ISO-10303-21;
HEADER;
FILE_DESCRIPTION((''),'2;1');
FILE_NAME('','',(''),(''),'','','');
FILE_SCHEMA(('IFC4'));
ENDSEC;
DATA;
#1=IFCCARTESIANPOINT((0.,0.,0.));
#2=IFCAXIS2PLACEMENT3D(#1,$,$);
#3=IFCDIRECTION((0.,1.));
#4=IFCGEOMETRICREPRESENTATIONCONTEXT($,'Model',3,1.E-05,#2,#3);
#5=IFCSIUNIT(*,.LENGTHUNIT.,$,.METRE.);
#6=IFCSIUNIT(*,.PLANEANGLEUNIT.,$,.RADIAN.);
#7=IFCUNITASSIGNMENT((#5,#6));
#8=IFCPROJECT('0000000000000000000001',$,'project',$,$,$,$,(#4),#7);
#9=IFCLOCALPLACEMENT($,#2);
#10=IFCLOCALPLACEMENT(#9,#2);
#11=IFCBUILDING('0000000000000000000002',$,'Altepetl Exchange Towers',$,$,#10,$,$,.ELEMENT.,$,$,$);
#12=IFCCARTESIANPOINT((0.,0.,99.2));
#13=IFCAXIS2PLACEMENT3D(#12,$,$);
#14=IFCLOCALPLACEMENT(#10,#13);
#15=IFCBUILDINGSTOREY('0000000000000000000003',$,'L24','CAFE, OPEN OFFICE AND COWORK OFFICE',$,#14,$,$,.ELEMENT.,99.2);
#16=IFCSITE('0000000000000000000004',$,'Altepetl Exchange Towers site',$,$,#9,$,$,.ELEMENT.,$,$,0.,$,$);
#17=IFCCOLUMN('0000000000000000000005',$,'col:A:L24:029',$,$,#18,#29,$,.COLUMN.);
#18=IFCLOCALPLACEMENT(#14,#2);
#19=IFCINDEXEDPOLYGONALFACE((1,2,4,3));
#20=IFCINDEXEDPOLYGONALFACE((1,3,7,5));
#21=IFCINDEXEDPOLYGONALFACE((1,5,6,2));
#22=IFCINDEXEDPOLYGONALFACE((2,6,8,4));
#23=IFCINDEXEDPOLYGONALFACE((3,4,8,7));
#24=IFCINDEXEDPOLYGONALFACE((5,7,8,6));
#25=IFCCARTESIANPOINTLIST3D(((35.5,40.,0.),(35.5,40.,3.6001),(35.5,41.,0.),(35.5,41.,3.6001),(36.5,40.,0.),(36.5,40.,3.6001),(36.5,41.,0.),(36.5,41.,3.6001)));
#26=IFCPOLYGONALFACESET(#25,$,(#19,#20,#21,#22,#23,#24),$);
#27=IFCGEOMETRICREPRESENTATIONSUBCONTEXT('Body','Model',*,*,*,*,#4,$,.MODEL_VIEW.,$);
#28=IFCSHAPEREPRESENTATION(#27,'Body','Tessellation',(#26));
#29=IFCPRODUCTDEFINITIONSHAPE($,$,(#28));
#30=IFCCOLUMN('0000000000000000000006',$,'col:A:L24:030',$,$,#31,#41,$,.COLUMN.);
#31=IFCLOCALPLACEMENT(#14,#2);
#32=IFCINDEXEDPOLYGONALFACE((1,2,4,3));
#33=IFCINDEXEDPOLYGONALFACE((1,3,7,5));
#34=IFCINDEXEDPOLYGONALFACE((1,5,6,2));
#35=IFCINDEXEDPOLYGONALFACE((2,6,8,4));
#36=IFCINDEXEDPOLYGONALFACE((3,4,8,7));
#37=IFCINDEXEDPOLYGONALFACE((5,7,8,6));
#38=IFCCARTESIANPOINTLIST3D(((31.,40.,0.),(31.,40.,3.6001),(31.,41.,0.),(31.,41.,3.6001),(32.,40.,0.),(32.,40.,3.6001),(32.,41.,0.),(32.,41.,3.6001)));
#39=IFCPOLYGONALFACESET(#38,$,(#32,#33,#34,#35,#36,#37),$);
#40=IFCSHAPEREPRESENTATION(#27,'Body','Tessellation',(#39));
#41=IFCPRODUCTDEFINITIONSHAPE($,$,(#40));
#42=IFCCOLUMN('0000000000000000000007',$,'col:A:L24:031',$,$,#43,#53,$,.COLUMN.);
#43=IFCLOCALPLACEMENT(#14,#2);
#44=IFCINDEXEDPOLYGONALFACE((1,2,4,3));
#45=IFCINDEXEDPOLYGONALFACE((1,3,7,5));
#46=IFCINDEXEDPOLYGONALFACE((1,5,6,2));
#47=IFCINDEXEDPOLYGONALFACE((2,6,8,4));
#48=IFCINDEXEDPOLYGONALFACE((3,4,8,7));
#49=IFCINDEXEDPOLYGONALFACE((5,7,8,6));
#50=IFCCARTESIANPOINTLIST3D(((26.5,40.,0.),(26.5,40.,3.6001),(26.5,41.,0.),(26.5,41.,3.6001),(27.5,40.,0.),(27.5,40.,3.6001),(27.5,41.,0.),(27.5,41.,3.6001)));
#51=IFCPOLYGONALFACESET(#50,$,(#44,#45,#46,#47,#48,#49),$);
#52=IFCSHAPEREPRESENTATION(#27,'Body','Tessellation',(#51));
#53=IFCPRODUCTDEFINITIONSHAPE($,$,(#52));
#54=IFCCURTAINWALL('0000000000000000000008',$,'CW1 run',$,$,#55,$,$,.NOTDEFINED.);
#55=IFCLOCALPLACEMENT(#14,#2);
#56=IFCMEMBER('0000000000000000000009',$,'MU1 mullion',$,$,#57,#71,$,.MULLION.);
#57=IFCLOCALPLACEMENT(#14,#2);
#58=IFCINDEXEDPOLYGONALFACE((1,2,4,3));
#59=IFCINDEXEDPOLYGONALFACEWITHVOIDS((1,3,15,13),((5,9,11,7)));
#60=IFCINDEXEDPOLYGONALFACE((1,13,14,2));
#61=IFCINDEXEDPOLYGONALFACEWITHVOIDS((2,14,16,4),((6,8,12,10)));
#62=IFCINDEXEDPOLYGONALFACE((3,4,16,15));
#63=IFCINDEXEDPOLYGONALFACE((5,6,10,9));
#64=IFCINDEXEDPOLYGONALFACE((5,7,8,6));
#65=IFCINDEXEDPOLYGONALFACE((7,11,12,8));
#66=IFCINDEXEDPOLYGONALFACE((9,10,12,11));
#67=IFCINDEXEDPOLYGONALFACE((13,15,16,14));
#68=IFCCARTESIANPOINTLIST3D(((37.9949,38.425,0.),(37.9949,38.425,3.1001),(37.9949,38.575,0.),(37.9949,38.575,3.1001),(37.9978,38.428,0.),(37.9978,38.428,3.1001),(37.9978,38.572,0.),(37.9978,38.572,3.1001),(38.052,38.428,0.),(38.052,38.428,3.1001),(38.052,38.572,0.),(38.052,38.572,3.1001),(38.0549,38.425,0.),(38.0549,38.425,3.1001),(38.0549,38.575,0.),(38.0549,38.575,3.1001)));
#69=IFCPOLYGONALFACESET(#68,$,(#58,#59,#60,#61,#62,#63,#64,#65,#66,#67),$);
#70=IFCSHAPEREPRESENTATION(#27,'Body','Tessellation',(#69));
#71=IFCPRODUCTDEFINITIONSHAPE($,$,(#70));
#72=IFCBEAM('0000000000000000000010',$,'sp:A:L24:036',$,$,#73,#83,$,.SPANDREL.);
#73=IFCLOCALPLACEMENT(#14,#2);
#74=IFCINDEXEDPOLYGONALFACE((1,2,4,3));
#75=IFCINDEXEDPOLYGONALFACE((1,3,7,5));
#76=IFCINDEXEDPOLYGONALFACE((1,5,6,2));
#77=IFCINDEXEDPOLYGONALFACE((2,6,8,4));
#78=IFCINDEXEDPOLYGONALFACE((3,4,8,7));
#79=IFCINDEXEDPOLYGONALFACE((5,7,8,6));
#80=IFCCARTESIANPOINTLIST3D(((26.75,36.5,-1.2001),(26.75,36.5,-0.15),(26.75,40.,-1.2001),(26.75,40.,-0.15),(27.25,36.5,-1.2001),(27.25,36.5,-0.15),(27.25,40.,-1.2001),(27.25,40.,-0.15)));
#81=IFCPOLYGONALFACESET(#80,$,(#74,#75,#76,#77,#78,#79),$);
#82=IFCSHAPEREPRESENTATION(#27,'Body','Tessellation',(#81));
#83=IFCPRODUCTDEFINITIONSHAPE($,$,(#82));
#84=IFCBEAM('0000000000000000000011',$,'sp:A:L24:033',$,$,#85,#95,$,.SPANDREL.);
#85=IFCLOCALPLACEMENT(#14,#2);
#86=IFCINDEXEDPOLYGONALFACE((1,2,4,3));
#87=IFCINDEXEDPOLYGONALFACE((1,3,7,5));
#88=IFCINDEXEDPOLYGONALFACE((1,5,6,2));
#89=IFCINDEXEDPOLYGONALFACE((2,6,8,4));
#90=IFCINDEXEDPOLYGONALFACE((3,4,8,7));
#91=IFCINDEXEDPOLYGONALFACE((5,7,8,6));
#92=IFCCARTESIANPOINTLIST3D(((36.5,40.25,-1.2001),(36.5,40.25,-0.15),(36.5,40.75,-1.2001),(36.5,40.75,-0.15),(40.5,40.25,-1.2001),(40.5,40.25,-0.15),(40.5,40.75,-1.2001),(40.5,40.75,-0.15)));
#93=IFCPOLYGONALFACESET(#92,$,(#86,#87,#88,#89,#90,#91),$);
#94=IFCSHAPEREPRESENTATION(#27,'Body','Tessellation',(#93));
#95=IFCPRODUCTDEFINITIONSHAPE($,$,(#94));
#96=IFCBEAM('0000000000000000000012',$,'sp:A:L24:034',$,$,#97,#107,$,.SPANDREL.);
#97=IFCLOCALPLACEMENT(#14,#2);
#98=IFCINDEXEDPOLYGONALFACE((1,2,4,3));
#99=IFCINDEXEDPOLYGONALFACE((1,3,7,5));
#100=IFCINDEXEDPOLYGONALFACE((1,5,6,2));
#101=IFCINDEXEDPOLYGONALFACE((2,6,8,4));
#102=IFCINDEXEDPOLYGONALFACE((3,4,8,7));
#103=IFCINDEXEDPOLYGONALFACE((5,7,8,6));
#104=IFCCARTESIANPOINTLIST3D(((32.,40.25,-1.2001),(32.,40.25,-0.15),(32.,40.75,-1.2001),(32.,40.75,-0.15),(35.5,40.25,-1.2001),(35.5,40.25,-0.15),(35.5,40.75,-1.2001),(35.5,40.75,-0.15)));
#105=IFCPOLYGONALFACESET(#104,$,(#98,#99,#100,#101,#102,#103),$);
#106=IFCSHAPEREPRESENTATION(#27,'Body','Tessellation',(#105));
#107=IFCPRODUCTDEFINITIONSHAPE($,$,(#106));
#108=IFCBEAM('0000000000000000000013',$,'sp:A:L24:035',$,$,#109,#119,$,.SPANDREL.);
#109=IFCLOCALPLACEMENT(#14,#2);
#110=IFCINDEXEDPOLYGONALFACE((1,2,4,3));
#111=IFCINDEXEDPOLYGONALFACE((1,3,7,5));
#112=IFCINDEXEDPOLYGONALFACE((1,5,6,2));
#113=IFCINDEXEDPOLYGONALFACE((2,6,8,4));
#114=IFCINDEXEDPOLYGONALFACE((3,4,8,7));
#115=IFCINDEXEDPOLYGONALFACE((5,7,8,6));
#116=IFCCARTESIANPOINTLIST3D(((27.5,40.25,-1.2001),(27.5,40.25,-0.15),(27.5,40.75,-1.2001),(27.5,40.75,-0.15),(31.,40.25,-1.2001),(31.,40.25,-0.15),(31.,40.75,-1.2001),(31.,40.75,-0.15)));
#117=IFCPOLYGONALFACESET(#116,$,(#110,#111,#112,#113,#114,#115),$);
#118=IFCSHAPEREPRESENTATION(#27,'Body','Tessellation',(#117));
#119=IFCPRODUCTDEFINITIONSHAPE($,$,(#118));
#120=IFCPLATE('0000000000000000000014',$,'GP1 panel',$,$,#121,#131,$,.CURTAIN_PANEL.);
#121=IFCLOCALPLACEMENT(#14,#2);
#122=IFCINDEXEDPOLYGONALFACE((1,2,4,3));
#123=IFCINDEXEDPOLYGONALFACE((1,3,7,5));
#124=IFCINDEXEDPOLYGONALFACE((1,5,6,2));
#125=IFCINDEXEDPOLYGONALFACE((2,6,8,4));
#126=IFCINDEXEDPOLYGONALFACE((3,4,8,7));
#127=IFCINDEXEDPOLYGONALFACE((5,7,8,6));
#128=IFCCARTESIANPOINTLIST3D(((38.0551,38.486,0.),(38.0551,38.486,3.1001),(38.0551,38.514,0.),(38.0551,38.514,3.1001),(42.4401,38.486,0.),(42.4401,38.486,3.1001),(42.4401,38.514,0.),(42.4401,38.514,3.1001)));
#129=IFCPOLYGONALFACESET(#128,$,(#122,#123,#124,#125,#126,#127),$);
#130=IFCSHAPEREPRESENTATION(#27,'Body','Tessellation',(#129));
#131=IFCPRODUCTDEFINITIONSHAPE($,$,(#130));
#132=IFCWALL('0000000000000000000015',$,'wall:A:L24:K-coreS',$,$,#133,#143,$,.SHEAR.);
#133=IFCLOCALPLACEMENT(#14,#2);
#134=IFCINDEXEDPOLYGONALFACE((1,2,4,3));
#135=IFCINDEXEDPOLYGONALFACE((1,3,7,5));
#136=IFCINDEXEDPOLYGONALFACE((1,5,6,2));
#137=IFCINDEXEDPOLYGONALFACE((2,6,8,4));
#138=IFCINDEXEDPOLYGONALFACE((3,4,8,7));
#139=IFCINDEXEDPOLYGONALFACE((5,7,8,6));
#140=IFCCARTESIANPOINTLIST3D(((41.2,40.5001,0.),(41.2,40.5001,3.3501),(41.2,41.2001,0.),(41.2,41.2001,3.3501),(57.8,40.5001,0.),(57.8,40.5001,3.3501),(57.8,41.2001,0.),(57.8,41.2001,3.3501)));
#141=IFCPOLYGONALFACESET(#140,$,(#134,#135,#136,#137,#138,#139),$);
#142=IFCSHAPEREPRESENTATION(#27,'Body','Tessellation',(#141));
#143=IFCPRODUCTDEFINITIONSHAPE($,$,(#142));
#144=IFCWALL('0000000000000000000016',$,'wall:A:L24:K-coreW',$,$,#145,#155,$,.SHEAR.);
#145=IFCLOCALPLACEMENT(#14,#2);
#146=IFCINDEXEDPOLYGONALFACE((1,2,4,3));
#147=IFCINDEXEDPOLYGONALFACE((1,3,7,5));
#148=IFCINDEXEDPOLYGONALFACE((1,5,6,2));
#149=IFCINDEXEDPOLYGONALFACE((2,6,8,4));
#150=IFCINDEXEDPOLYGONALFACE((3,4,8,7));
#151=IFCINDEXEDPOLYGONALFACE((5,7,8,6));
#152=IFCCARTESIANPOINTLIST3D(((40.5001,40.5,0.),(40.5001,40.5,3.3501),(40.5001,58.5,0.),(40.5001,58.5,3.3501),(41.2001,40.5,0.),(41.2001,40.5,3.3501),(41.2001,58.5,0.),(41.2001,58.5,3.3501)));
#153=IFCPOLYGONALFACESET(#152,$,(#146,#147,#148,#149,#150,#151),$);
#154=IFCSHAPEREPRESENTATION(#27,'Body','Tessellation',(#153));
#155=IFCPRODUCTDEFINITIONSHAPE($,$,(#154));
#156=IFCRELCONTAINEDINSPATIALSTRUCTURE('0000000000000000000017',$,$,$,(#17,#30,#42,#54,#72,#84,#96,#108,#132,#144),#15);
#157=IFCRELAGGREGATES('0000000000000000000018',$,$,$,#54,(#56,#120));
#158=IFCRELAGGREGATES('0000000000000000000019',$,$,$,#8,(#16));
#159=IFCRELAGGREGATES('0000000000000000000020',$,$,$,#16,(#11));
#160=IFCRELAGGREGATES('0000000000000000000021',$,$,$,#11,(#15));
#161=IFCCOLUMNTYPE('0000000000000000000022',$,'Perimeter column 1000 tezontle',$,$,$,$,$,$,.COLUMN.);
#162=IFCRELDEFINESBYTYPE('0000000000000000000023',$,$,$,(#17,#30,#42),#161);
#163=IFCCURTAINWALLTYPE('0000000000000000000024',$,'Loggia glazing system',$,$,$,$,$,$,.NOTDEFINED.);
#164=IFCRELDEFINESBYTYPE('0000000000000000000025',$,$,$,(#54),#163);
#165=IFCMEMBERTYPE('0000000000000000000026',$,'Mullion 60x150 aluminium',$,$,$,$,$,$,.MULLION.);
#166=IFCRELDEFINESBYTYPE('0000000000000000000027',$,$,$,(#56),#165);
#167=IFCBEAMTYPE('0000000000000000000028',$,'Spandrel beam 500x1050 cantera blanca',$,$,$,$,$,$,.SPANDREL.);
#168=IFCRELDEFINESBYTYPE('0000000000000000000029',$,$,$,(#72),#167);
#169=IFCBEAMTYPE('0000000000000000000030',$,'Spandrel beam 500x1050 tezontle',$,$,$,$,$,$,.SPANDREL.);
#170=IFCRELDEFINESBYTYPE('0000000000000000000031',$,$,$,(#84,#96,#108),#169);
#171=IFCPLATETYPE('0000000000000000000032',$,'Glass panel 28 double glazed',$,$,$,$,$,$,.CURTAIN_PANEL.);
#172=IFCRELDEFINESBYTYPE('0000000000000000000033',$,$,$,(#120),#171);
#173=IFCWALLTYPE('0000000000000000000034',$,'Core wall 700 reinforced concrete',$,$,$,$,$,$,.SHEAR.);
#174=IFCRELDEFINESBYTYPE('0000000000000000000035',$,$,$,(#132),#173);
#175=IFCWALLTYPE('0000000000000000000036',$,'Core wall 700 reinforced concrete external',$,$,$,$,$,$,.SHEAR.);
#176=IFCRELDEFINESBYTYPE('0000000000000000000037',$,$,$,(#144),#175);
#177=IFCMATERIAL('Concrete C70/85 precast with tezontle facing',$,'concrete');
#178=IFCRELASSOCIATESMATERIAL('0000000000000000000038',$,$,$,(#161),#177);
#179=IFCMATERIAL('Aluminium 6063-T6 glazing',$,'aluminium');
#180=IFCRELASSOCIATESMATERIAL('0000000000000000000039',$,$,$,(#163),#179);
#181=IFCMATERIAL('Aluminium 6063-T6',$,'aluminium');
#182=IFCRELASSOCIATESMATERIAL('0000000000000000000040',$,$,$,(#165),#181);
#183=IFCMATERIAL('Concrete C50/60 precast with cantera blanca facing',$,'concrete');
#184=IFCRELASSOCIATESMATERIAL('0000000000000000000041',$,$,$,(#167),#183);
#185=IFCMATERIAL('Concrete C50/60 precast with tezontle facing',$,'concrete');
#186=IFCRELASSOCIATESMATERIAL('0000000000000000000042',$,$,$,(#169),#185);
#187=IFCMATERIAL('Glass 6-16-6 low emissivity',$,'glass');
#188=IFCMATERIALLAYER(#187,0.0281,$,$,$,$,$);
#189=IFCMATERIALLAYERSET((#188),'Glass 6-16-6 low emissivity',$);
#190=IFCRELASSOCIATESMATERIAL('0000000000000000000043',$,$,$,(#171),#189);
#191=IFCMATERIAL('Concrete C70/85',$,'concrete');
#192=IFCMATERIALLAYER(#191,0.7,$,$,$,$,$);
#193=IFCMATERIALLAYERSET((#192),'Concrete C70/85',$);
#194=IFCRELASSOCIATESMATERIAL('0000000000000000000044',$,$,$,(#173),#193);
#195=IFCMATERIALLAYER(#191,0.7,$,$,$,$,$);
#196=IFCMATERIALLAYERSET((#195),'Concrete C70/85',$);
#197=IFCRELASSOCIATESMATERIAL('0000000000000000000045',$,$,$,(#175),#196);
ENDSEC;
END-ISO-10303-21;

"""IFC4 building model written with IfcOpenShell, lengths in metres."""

from ifc_helpers import new_model, si_unit, direction, frame, frame_2d, origin, origin_2d, place, context, subcontext, project, spatial, rectangle, hollow_rectangle, extrude, material, layer, layer_set, material_profile, profile_set, type_object, element, aggregate, save


model = new_model("IFC4")

# Units and contexts
model_context = context("Model", 3, precision=1e-05, world=origin(), true_north=direction((0.0, 1.0)))
body_context = subcontext(model_context, "Body", "Model", "MODEL_VIEW")
ifc_project = project(units=[si_unit("LENGTHUNIT", "METRE"), si_unit("PLANEANGLEUNIT", "RADIAN")], contexts=[model_context])

# Site, building, storey
site_placement = place(None, origin())
site = spatial("IfcSite", under=ifc_project, at=site_placement, Name="Altepetl Exchange Towers site", CompositionType="ELEMENT", RefElevation=0.0)
building_placement = place(site_placement, origin())
building = spatial("IfcBuilding", under=site, at=building_placement, Name="Altepetl Exchange Towers", CompositionType="ELEMENT")
storey_placement = place(building_placement, frame((0.0, 0.0, 99.2)))
storey = spatial("IfcBuildingStorey", under=building, at=storey_placement, Name="L24", Description="CAFE, OPEN OFFICE AND COWORK OFFICE", CompositionType="ELEMENT", Elevation=99.2)

# Columns
ifc_material_1 = material(Name="Concrete C70/85 precast with tezontle facing", Category="concrete")
ifc_material_profile_1 = material_profile(ifc_material_1, rectangle(XDim=1.0, YDim=1.0, at=origin_2d()), Name="1000 x 1000")
ifc_profile_set_1 = profile_set([ifc_material_profile_1], Name="Concrete C70/85 precast with tezontle facing")
column_type = type_object("IfcColumnType", Name="Perimeter column 1000 tezontle", PredefinedType="COLUMN", material=ifc_profile_set_1)
for number, where, name in (
    (1, (36.0, 40.5, 0.0), "col:A:L24:029"),
    (2, (31.5, 40.5, 0.0), "col:A:L24:030"),
    (3, (27.0, 40.5, 0.0), "col:A:L24:031"),
):
    element("IfcColumn", number, at=place(storey_placement, frame(where)), inside=storey, type_object=column_type, Name=name, PredefinedType="COLUMN", context=body_context, shape_type="SweptSolid", body=[
        extrude(rectangle(XDim=1.0, YDim=1.0, at=origin_2d()), origin(), (0.0, 0.0, 1.0), 3.6001),
    ])

# Curtain wall, member
ifc_material_2 = material(Name="Aluminium 6063-T6 glazing", Category="aluminium")
curtain_wall_type = type_object("IfcCurtainWallType", Name="Loggia glazing system", PredefinedType="NOTDEFINED", material=ifc_material_2)
curtain_wall_placement = place(storey_placement, origin())
curtain_wall = element("IfcCurtainWall", 4, at=curtain_wall_placement, inside=storey, type_object=curtain_wall_type, Name="CW1 run", PredefinedType="NOTDEFINED")
ifc_material_3 = material(Name="Aluminium 6063-T6", Category="aluminium")
ifc_material_profile_2 = material_profile(ifc_material_3, hollow_rectangle(XDim=0.0601, YDim=0.1499, WallThickness=0.0029, at=origin_2d()), Name="Mullion 60x150 aluminium")
ifc_profile_set_2 = profile_set([ifc_material_profile_2], Name="Aluminium 6063-T6")
member_type = type_object("IfcMemberType", Name="Mullion 60x150 aluminium", PredefinedType="MULLION", material=ifc_profile_set_2)
member_placement = place(storey_placement, frame((38.0249, 38.5, 0.0), z_axis=(0.0, 0.0, 1.0), x_axis=(-1.0, 0.0, 0.0)))
member = element("IfcMember", 5, at=member_placement, type_object=member_type, Name="MU1 mullion", PredefinedType="MULLION", context=body_context, shape_type="SweptSolid", body=[
    extrude(hollow_rectangle(XDim=0.0601, YDim=0.1499, WallThickness=0.0029, at=origin_2d()), origin(), (0.0, 0.0, 1.0), 3.1001),
])

# Beams
ifc_material_4 = material(Name="Concrete C50/60 precast with cantera blanca facing", Category="concrete")
ifc_material_profile_3 = material_profile(ifc_material_4, rectangle(XDim=0.5, YDim=1.05, at=origin_2d()), Name="500 x 1050")
ifc_profile_set_3 = profile_set([ifc_material_profile_3], Name="Concrete C50/60 precast with cantera blanca facing")
beam_type_1 = type_object("IfcBeamType", Name="Spandrel beam 500x1050 cantera blanca", PredefinedType="SPANDREL", material=ifc_profile_set_3)
beam_1_placement = place(storey_placement, frame((27.0, 40.0, -0.675), z_axis=(0.0, -1.0, 0.0), x_axis=(1.0, 0.0, 0.0)))
element("IfcBeam", 6, at=beam_1_placement, inside=storey, type_object=beam_type_1, Name="sp:A:L24:036", PredefinedType="SPANDREL", context=body_context, shape_type="SweptSolid", body=[
    extrude(rectangle(XDim=0.5, YDim=1.05, at=origin_2d()), origin(), (0.0, 0.0, 1.0), 3.5),
])
ifc_material_5 = material(Name="Concrete C50/60 precast with tezontle facing", Category="concrete")
ifc_material_profile_4 = material_profile(ifc_material_5, rectangle(XDim=0.5, YDim=1.05, at=origin_2d()), Name="500 x 1050")
ifc_profile_set_4 = profile_set([ifc_material_profile_4], Name="Concrete C50/60 precast with tezontle facing")
beam_type_2 = type_object("IfcBeamType", Name="Spandrel beam 500x1050 tezontle", PredefinedType="SPANDREL", material=ifc_profile_set_4)
beam_2_placement = place(storey_placement, frame((40.5, 40.5, -0.675), z_axis=(-1.0, 0.0, 0.0), x_axis=(0.0, -1.0, 0.0)))
element("IfcBeam", 7, at=beam_2_placement, inside=storey, type_object=beam_type_2, Name="sp:A:L24:033", PredefinedType="SPANDREL", context=body_context, shape_type="SweptSolid", body=[
    extrude(rectangle(XDim=0.5, YDim=1.05, at=origin_2d()), origin(), (0.0, 0.0, 1.0), 4.0),
])
for number, where, z_axis, x_axis, name in (
    (8, (35.5, 40.5, -0.675), (-1.0, 0.0, 0.0), (0.0, -1.0, 0.0), "sp:A:L24:034"),
    (9, (31.0, 40.5, -0.675), (-1.0, 0.0, 0.0), (0.0, -1.0, 0.0), "sp:A:L24:035"),
):
    element("IfcBeam", number, at=place(storey_placement, frame(where, z_axis=z_axis, x_axis=x_axis)), inside=storey, type_object=beam_type_2, Name=name, PredefinedType="SPANDREL", context=body_context, shape_type="SweptSolid", body=[
        extrude(rectangle(XDim=0.5, YDim=1.05, at=origin_2d()), origin(), (0.0, 0.0, 1.0), 3.5),
    ])

# Plate
ifc_material_6 = material(Name="Glass 6-16-6 low emissivity", Category="glass")
ifc_layer_1 = layer(ifc_material_6, 0.0281)
ifc_layer_set_1 = layer_set([ifc_layer_1], Name="Glass 6-16-6 low emissivity")
plate_type = type_object("IfcPlateType", Name="Glass panel 28 double glazed", PredefinedType="CURTAIN_PANEL", material=ifc_layer_set_1)
plate_placement = place(storey_placement, frame((40.2476, 38.5, 0.0), z_axis=(0.0, 0.0, 1.0), x_axis=(-1.0, 0.0, 0.0)))
plate = element("IfcPlate", 10, at=plate_placement, type_object=plate_type, Name="GP1 panel", PredefinedType="CURTAIN_PANEL", context=body_context, shape_type="SweptSolid", body=[
    extrude(rectangle(XDim=4.385, YDim=0.0281, at=origin_2d()), origin(), (0.0, 0.0, 1.0), 3.1001),
])
aggregate(curtain_wall, [member, plate])

# Walls
ifc_material_7 = material(Name="Concrete C70/85", Category="concrete")
ifc_layer_2 = layer(ifc_material_7, 0.7)
ifc_layer_set_2 = layer_set([ifc_layer_2], Name="Concrete C70/85")
wall_type_1 = type_object("IfcWallType", Name="Core wall 700 reinforced concrete", PredefinedType="SHEAR", material=ifc_layer_set_2)
wall_1_placement = place(storey_placement, frame((41.2, 40.8501, 0.0)))
element("IfcWall", 11, at=wall_1_placement, inside=storey, type_object=wall_type_1, Name="wall:A:L24:K-coreS", PredefinedType="SHEAR", context=body_context, shape_type="SweptSolid", body=[
    extrude(rectangle(XDim=16.6001, YDim=0.7, at=frame_2d((8.3, 0.0))), origin(), (0.0, 0.0, 1.0), 3.3501),
])
ifc_layer_3 = layer(ifc_material_7, 0.7)
ifc_layer_set_3 = layer_set([ifc_layer_3], Name="Concrete C70/85")
wall_type_2 = type_object("IfcWallType", Name="Core wall 700 reinforced concrete external", PredefinedType="SHEAR", material=ifc_layer_set_3)
wall_2_placement = place(storey_placement, frame((40.8501, 40.5, 0.0), z_axis=(0.0, 0.0, 1.0), x_axis=(0.0, 1.0, 0.0)))
element("IfcWall", 12, at=wall_2_placement, inside=storey, type_object=wall_type_2, Name="wall:A:L24:K-coreW", PredefinedType="SHEAR", context=body_context, shape_type="SweptSolid", body=[
    extrude(rectangle(XDim=18.0, YDim=0.7, at=frame_2d((9.0, 0.0))), origin(), (0.0, 0.0, 1.0), 3.3501),
])

save(model, "model.ifc")
